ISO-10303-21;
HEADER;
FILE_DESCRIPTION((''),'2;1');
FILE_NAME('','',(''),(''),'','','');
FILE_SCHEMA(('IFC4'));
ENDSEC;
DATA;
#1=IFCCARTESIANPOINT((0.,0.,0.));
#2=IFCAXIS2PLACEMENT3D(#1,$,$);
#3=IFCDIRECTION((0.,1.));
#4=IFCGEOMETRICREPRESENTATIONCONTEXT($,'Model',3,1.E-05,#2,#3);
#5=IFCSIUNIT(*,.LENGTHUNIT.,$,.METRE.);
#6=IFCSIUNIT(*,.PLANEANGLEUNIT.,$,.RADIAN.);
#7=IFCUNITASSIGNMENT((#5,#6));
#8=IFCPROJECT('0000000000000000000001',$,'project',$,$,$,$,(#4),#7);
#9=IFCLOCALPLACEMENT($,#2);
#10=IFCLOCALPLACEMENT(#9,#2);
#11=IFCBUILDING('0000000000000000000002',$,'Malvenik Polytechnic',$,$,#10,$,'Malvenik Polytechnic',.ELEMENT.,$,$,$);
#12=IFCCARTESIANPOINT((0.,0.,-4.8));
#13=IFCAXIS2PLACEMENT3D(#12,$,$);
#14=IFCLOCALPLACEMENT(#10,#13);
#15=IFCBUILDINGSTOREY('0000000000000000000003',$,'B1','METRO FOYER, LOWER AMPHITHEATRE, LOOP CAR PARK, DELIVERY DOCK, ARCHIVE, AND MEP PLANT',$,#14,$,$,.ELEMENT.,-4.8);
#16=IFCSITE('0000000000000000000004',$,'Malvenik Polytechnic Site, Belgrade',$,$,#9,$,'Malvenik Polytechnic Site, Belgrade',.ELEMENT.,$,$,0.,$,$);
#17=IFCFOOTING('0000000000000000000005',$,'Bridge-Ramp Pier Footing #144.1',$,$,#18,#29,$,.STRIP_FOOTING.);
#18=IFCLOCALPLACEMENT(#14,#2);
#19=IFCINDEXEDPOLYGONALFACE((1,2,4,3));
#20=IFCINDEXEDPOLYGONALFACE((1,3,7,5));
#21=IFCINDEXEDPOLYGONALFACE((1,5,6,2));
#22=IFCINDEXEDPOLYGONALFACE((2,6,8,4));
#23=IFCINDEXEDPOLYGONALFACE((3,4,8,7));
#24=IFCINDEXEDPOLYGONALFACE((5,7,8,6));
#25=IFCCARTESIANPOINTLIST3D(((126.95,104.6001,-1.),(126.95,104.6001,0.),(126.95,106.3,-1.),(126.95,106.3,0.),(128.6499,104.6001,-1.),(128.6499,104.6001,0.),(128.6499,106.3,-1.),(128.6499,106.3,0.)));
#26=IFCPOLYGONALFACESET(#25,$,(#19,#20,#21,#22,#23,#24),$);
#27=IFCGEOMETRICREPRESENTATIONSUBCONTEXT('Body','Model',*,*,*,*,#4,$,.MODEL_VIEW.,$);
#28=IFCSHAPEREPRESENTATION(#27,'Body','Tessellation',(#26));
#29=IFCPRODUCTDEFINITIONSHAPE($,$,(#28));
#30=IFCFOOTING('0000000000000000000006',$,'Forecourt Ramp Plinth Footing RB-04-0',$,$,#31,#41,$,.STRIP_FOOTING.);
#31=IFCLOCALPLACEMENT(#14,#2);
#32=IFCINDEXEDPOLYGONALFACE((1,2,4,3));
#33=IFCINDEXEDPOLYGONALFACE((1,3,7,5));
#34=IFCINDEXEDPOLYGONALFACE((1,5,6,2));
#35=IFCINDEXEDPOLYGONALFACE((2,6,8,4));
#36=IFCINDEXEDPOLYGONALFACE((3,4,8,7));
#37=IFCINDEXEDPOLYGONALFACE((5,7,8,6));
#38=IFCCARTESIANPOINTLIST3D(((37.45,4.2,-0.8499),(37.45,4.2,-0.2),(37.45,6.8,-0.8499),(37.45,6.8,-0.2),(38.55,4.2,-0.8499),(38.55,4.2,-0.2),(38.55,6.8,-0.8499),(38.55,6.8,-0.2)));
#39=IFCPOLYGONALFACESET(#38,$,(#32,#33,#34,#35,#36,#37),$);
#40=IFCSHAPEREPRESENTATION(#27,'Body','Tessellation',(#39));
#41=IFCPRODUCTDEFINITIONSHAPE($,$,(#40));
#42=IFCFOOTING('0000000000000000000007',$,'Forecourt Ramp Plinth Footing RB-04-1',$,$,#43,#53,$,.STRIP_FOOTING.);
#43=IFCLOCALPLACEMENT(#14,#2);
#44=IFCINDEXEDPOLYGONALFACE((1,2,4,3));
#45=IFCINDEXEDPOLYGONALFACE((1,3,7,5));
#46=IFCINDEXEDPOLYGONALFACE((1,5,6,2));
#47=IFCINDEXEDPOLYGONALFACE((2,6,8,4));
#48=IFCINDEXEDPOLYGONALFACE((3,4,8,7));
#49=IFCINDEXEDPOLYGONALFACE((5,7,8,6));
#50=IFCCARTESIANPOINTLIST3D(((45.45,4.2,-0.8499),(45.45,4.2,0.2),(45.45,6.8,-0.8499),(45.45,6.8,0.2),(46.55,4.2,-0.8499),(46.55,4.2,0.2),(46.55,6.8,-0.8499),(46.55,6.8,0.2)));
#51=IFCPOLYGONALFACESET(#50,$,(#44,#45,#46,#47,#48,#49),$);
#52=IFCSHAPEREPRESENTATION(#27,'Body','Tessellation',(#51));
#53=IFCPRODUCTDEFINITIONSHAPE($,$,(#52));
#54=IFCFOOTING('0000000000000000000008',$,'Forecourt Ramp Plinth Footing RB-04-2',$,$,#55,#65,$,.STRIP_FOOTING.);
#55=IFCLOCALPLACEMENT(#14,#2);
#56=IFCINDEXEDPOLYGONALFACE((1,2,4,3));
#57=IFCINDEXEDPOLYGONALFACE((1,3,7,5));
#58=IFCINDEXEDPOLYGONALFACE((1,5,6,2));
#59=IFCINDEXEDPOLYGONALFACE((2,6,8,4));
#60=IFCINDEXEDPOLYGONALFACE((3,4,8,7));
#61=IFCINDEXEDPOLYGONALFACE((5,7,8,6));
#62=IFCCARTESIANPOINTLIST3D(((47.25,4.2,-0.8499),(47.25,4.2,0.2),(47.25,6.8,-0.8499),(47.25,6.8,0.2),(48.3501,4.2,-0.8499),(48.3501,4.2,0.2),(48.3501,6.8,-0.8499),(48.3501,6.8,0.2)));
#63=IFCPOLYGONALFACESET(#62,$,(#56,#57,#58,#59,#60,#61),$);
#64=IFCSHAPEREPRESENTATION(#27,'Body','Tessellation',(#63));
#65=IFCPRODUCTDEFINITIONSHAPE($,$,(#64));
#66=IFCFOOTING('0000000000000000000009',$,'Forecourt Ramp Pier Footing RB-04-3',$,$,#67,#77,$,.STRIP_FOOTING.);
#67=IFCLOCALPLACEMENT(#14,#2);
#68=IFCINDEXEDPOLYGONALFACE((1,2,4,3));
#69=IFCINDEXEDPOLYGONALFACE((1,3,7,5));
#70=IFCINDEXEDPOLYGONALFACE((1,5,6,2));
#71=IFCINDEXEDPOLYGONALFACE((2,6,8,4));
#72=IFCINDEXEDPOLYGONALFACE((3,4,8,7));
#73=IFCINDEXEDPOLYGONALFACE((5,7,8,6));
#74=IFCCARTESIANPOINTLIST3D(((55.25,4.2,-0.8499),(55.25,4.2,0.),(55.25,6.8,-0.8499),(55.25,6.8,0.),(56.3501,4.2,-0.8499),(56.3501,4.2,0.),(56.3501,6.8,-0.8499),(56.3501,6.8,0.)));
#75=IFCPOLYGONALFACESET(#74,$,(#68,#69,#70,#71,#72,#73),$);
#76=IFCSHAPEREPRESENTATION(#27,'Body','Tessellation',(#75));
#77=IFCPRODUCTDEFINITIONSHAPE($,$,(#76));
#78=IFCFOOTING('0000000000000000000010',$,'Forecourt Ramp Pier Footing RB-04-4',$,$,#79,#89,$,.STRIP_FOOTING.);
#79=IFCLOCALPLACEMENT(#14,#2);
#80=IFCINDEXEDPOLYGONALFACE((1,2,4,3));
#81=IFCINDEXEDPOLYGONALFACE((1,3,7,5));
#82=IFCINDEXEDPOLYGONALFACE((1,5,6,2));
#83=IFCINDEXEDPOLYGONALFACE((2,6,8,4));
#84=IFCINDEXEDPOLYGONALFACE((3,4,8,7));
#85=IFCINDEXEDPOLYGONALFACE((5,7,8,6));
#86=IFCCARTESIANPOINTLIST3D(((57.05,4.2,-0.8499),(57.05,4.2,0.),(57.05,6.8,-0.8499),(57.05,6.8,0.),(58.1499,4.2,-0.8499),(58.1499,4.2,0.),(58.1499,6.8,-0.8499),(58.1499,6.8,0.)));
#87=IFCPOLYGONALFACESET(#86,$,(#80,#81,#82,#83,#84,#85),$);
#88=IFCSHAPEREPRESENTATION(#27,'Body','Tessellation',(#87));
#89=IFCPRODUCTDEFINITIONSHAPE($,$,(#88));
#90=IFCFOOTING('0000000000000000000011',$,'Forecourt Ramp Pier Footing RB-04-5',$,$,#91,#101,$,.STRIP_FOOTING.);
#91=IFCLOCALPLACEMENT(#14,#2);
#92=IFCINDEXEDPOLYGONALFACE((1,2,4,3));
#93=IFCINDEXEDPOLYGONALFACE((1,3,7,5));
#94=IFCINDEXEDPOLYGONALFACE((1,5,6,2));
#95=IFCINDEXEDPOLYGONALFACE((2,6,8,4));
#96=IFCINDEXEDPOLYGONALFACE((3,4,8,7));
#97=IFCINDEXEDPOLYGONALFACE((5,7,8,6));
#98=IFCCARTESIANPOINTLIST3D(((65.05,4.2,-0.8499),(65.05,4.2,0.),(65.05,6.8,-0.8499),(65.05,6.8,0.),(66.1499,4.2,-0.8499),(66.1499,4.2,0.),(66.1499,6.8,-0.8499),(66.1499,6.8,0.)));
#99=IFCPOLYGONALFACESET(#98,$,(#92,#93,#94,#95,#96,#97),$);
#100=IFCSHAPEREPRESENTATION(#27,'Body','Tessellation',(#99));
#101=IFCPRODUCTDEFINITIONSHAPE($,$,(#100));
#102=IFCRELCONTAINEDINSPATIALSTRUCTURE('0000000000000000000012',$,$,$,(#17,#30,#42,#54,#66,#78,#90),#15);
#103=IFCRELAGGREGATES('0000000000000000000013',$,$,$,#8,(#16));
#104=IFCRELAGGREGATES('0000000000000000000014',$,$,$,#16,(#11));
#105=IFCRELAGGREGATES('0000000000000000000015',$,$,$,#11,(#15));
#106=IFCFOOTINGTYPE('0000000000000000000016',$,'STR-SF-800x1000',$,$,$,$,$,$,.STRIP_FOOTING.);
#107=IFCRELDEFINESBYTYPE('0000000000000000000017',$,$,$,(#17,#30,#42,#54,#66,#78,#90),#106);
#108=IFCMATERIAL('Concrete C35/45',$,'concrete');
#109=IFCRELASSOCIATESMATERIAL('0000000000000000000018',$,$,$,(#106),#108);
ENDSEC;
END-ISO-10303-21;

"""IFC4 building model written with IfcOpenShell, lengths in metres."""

from ifc_helpers import new_model, si_unit, direction, frame, origin, place, context, subcontext, project, spatial, polyline, outline, extrude, material, type_object, element, save


model = new_model("IFC4")

# Units and contexts
model_context = context("Model", 3, precision=1e-05, world=origin(), true_north=direction((0.0, 1.0)))
body_context = subcontext(model_context, "Body", "Model", "MODEL_VIEW")
ifc_project = project(units=[si_unit("LENGTHUNIT", "METRE"), si_unit("PLANEANGLEUNIT", "RADIAN")], contexts=[model_context])

# Site, building, storey
site_placement = place(None, origin())
site = spatial("IfcSite", under=ifc_project, at=site_placement, Name="Malvenik Polytechnic Site, Belgrade", LongName="Malvenik Polytechnic Site, Belgrade", CompositionType="ELEMENT", RefElevation=0.0)
building_placement = place(site_placement, origin())
building = spatial("IfcBuilding", under=site, at=building_placement, Name="Malvenik Polytechnic", LongName="Malvenik Polytechnic", CompositionType="ELEMENT")
storey_placement = place(building_placement, frame((0.0, 0.0, -4.8)))
storey = spatial("IfcBuildingStorey", under=building, at=storey_placement, Name="B1", Description="METRO FOYER, LOWER AMPHITHEATRE, LOOP CAR PARK, DELIVERY DOCK, ARCHIVE, AND MEP PLANT", CompositionType="ELEMENT", Elevation=-4.8)

# Footings
ifc_material = material(Name="Concrete C35/45", Category="concrete")
footing_type = type_object("IfcFootingType", Name="STR-SF-800x1000", PredefinedType="STRIP_FOOTING", material=ifc_material)
footing_1_placement = place(storey_placement, frame((0.0, 0.0, -1.0)))
element("IfcFooting", 1, at=footing_1_placement, inside=storey, type_object=footing_type, Name="Bridge-Ramp Pier Footing #144.1", PredefinedType="STRIP_FOOTING", context=body_context, shape_type="SweptSolid", body=[
    extrude(outline(polyline([(126.95, 104.6001), (126.95, 106.3), (128.6499, 106.3), (128.6499, 104.6001), (126.95, 104.6001)])), origin(), (0.0, 0.0, 1.0), 1.0),
])
footing_2_placement = place(storey_placement, frame((0.0, 0.0, -0.8499)))
element("IfcFooting", 2, at=footing_2_placement, inside=storey, type_object=footing_type, Name="Forecourt Ramp Plinth Footing RB-04-0", PredefinedType="STRIP_FOOTING", context=body_context, shape_type="SweptSolid", body=[
    extrude(outline(polyline([(37.45, 4.2), (37.45, 6.8), (38.55, 6.8), (38.55, 4.2), (37.45, 4.2)])), origin(), (0.0, 0.0, 1.0), 0.6499),
])
footing_3_placement = place(storey_placement, frame((0.0, 0.0, -0.8499)))
element("IfcFooting", 3, at=footing_3_placement, inside=storey, type_object=footing_type, Name="Forecourt Ramp Plinth Footing RB-04-1", PredefinedType="STRIP_FOOTING", context=body_context, shape_type="SweptSolid", body=[
    extrude(outline(polyline([(45.45, 4.2), (45.45, 6.8), (46.55, 6.8), (46.55, 4.2), (45.45, 4.2)])), origin(), (0.0, 0.0, 1.0), 1.0498),
])
footing_4_placement = place(storey_placement, frame((0.0, 0.0, -0.8499)))
element("IfcFooting", 4, at=footing_4_placement, inside=storey, type_object=footing_type, Name="Forecourt Ramp Plinth Footing RB-04-2", PredefinedType="STRIP_FOOTING", context=body_context, shape_type="SweptSolid", body=[
    extrude(outline(polyline([(47.25, 4.2), (47.25, 6.8), (48.3501, 6.8), (48.3501, 4.2), (47.25, 4.2)])), origin(), (0.0, 0.0, 1.0), 1.0498),
])
footing_5_placement = place(storey_placement, frame((0.0, 0.0, -0.8499)))
element("IfcFooting", 5, at=footing_5_placement, inside=storey, type_object=footing_type, Name="Forecourt Ramp Pier Footing RB-04-3", PredefinedType="STRIP_FOOTING", context=body_context, shape_type="SweptSolid", body=[
    extrude(outline(polyline([(55.25, 4.2), (55.25, 6.8), (56.3501, 6.8), (56.3501, 4.2), (55.25, 4.2)])), origin(), (0.0, 0.0, 1.0), 0.8499),
])
footing_6_placement = place(storey_placement, frame((0.0, 0.0, -0.8499)))
element("IfcFooting", 6, at=footing_6_placement, inside=storey, type_object=footing_type, Name="Forecourt Ramp Pier Footing RB-04-4", PredefinedType="STRIP_FOOTING", context=body_context, shape_type="SweptSolid", body=[
    extrude(outline(polyline([(57.05, 4.2), (57.05, 6.8), (58.1499, 6.8), (58.1499, 4.2), (57.05, 4.2)])), origin(), (0.0, 0.0, 1.0), 0.8499),
])
footing_7_placement = place(storey_placement, frame((0.0, 0.0, -0.8499)))
element("IfcFooting", 7, at=footing_7_placement, inside=storey, type_object=footing_type, Name="Forecourt Ramp Pier Footing RB-04-5", PredefinedType="STRIP_FOOTING", context=body_context, shape_type="SweptSolid", body=[
    extrude(outline(polyline([(65.05, 4.2), (65.05, 6.8), (66.1499, 6.8), (66.1499, 4.2), (65.05, 4.2)])), origin(), (0.0, 0.0, 1.0), 0.8499),
])

save(model, "model.ifc")
